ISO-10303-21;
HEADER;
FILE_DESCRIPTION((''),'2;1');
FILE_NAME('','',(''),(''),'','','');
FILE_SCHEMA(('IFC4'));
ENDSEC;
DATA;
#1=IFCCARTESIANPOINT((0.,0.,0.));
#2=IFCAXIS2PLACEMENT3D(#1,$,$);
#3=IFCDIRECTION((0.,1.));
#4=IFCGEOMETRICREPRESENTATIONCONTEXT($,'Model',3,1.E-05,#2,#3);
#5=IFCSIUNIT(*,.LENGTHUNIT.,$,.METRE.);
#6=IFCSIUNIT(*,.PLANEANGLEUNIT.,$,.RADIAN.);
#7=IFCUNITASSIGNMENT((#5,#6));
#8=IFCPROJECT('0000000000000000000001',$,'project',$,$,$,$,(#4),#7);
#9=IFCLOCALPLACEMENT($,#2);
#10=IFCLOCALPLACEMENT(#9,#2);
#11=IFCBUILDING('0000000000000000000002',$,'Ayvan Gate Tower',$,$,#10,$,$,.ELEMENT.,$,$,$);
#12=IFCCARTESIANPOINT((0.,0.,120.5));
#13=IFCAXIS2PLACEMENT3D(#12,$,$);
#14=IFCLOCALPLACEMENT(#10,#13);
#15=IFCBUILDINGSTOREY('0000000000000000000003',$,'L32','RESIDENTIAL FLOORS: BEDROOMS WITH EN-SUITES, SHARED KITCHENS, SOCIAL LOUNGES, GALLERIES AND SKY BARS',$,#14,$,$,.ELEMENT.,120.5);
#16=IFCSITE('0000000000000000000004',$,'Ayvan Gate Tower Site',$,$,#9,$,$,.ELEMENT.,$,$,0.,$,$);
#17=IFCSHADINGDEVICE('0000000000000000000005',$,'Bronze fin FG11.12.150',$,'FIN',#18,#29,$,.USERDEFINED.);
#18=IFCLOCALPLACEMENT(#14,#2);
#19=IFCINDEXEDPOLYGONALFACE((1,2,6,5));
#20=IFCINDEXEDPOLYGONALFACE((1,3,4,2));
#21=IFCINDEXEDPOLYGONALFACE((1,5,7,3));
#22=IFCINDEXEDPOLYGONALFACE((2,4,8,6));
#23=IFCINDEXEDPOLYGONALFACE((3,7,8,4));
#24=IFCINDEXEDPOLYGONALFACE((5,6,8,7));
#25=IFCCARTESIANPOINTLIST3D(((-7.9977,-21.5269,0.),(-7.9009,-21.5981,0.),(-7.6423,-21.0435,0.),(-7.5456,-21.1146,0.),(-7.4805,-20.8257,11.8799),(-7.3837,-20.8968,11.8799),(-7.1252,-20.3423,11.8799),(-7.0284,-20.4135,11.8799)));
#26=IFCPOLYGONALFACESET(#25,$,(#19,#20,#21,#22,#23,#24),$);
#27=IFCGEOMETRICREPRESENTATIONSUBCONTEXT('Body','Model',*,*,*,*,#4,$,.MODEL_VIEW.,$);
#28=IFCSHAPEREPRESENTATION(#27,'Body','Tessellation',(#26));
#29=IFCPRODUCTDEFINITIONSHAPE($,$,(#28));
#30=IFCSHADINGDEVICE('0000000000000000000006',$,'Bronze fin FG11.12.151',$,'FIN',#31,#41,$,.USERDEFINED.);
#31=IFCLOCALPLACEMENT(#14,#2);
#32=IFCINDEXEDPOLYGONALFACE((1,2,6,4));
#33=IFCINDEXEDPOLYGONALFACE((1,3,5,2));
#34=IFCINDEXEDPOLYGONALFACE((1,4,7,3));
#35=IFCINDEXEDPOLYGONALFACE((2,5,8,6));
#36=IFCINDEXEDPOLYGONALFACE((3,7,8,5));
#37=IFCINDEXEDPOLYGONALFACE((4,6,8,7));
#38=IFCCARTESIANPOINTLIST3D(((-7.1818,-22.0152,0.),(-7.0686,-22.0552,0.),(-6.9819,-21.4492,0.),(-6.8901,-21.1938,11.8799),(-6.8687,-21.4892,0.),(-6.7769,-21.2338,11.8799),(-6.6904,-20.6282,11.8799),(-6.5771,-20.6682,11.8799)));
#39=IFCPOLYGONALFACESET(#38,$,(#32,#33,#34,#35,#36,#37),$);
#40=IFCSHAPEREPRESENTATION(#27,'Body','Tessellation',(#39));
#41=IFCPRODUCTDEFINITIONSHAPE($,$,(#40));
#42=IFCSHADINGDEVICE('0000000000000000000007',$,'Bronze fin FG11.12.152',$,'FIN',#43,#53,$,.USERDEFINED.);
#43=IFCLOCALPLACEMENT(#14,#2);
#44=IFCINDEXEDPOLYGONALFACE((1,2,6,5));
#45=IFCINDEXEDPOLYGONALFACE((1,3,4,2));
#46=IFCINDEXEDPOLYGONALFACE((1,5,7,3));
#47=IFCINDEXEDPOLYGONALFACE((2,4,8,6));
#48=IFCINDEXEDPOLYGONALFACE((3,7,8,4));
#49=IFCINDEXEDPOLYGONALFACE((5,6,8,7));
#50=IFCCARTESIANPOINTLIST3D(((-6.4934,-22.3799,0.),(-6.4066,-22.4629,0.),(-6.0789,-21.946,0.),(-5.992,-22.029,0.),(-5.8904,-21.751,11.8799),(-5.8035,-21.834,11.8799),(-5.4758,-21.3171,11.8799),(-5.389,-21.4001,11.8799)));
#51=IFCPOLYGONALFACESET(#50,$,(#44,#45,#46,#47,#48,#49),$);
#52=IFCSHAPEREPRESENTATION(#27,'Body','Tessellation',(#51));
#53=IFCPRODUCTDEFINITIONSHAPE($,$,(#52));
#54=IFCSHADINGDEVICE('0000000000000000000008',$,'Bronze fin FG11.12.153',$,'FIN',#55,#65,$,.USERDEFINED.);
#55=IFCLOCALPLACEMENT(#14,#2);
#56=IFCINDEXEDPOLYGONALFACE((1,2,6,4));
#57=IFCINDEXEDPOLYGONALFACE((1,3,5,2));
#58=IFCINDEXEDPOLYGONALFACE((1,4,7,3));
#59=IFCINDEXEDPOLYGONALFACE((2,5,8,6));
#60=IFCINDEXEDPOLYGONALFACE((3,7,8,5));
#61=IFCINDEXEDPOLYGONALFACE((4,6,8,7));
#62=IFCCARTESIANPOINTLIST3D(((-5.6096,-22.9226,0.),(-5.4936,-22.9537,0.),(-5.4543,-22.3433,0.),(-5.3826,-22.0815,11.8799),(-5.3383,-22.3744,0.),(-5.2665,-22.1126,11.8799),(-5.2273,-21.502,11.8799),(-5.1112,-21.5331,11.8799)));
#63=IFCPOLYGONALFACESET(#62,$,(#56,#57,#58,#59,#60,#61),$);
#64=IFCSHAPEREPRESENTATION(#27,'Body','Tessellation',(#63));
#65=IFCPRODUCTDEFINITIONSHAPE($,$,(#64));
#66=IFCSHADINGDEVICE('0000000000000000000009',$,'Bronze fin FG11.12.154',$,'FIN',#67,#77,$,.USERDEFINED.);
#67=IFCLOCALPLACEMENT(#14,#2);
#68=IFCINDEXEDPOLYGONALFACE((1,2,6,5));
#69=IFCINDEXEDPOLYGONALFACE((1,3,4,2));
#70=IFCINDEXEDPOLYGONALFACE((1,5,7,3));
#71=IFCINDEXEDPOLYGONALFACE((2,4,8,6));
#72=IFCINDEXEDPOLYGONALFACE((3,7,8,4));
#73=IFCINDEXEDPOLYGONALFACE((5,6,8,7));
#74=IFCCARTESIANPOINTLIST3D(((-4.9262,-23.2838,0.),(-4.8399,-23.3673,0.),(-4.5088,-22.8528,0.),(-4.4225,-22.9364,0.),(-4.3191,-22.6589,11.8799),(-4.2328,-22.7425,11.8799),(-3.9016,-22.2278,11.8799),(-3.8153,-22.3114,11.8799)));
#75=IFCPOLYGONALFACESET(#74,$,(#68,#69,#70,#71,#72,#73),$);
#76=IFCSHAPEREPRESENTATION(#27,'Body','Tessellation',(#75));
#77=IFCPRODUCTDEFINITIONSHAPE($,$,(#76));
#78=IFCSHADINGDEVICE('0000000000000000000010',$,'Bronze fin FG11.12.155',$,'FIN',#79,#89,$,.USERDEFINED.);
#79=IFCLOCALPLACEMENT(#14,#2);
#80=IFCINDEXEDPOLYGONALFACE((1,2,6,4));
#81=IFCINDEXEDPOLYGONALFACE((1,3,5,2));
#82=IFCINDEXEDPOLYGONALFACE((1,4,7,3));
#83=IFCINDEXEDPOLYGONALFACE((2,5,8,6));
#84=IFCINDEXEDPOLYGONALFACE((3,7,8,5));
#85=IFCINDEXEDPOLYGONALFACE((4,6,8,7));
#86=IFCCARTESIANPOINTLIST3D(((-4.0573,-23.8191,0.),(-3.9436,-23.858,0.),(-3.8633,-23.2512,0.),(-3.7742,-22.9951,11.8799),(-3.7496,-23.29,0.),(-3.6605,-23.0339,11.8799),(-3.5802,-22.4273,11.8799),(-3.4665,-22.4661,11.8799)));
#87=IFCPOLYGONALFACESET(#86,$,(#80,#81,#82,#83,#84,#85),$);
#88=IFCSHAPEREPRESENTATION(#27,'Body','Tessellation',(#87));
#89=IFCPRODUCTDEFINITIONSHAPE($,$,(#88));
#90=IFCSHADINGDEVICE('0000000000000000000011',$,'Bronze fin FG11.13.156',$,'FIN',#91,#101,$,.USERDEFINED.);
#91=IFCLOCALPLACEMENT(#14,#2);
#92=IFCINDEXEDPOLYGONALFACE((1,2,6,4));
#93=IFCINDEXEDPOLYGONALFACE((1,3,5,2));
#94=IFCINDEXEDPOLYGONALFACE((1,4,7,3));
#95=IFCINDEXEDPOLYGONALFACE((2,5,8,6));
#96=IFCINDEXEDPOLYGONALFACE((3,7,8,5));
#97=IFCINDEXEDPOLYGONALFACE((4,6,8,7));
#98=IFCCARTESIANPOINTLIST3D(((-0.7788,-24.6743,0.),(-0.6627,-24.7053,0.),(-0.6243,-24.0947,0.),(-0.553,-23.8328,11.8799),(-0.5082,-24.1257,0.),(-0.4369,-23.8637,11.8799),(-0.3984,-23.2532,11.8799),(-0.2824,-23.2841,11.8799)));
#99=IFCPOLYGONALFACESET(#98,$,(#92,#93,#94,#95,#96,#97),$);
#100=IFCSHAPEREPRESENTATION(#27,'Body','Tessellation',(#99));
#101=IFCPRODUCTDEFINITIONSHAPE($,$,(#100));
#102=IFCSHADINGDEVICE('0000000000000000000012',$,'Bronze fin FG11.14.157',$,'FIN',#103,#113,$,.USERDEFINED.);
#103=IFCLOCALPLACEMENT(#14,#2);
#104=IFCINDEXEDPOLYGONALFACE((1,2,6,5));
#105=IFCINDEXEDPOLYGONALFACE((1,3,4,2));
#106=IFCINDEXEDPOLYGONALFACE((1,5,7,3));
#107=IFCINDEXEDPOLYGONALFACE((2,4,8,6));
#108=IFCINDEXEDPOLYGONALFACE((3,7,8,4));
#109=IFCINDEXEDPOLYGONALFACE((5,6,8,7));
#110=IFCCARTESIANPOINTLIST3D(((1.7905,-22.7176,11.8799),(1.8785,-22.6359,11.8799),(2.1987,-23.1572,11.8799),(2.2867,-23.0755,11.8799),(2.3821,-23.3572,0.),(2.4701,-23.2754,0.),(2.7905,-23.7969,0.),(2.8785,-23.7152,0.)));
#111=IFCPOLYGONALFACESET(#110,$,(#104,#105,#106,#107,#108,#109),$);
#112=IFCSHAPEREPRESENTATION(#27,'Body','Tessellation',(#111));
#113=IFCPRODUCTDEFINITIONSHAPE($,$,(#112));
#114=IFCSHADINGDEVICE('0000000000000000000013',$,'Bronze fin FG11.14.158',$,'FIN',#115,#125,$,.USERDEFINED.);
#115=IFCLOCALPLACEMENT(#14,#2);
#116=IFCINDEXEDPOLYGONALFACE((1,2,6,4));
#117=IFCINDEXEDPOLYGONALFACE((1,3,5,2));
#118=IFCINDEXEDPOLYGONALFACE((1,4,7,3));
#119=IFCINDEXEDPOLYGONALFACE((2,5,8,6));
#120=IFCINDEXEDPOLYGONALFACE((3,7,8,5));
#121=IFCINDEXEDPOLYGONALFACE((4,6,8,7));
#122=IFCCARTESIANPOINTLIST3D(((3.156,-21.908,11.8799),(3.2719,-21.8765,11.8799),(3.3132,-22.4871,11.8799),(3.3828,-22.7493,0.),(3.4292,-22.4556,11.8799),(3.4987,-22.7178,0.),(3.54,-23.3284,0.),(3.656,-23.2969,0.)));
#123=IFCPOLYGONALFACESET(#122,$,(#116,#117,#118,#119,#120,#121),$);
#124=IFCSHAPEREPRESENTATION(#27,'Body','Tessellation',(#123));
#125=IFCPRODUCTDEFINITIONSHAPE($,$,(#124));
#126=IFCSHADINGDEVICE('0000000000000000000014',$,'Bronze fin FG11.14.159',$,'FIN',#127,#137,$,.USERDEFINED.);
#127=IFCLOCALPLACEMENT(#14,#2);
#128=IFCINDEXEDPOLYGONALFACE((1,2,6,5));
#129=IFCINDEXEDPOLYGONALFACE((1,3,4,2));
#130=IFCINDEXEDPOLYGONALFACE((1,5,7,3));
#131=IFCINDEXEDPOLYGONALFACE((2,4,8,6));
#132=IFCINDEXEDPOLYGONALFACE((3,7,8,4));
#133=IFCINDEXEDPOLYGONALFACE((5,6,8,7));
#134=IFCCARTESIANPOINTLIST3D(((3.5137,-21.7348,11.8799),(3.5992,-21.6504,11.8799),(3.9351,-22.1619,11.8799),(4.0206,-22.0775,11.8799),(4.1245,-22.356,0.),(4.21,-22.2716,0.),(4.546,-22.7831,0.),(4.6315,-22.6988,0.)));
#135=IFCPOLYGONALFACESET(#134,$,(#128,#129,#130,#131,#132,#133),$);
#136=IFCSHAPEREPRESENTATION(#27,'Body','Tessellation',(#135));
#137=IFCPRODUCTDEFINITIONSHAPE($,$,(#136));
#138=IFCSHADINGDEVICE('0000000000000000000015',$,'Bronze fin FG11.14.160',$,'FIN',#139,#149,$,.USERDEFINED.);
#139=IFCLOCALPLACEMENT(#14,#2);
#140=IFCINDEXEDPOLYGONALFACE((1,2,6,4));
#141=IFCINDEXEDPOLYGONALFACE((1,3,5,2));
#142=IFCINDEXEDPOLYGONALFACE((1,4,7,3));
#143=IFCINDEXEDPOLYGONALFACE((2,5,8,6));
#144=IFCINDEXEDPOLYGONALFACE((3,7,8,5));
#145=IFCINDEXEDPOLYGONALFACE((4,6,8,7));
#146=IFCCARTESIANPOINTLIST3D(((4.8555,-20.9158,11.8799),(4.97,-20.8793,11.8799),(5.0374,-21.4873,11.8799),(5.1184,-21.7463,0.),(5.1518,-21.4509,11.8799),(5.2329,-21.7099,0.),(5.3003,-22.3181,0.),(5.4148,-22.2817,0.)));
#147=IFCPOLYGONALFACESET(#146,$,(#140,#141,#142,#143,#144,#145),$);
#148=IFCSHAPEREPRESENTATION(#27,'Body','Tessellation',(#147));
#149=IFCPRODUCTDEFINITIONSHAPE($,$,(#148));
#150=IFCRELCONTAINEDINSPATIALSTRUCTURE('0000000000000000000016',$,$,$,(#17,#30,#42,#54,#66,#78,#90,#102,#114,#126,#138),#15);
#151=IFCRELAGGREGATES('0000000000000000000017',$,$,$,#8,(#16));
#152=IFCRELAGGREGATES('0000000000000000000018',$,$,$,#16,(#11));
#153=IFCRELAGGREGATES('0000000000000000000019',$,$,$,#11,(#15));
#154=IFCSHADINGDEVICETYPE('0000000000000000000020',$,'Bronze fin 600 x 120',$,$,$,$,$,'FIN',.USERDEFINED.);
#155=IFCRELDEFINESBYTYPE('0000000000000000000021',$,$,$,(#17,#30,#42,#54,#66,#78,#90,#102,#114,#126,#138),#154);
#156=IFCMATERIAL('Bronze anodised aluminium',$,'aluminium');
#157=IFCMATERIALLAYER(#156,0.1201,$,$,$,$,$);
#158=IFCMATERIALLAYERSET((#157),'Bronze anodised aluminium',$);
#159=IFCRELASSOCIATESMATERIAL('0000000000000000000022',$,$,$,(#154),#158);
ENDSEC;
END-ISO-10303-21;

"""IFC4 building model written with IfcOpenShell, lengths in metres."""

from ifc_helpers import new_model, si_unit, direction, frame, origin, place, context, subcontext, project, spatial, polyline, outline, extrude, material, layer, layer_set, type_object, element, save


model = new_model("IFC4")

# Units and contexts
model_context = context("Model", 3, precision=1e-05, world=origin(), true_north=direction((0.0, 1.0)))
body_context = subcontext(model_context, "Body", "Model", "MODEL_VIEW")
ifc_project = project(units=[si_unit("LENGTHUNIT", "METRE"), si_unit("PLANEANGLEUNIT", "RADIAN")], contexts=[model_context])

# Site, building, storey
site_placement = place(None, origin())
site = spatial("IfcSite", under=ifc_project, at=site_placement, Name="Ayvan Gate Tower Site", CompositionType="ELEMENT", RefElevation=0.0)
building_placement = place(site_placement, origin())
building = spatial("IfcBuilding", under=site, at=building_placement, Name="Ayvan Gate Tower", CompositionType="ELEMENT")
storey_placement = place(building_placement, frame((0.0, 0.0, 120.5)))
storey = spatial("IfcBuildingStorey", under=building, at=storey_placement, Name="L32", Description="RESIDENTIAL FLOORS: BEDROOMS WITH EN-SUITES, SHARED KITCHENS, SOCIAL LOUNGES, GALLERIES AND SKY BARS", CompositionType="ELEMENT", Elevation=120.5)

# Shared definitions
ifc_material_1 = material(Name="Bronze anodised aluminium", Category="aluminium")

# Shading devices
ifc_layer_1 = layer(ifc_material_1, 0.1201)
ifc_layer_set_1 = layer_set([ifc_layer_1], Name="Bronze anodised aluminium")
shading_device_type = type_object("IfcShadingDeviceType", Name="Bronze fin 600 x 120", ElementType="FIN", PredefinedType="USERDEFINED", material=ifc_layer_set_1)
shading_device_1_placement = place(storey_placement, frame((-7.6423, -21.0435, 0.0), z_axis=(-0.805725, 0.592289, 0.000121), x_axis=(-0.592289, -0.805725, 0.0)))
element("IfcShadingDevice", 1, at=shading_device_1_placement, inside=storey, type_object=shading_device_type, Name="Bronze fin FG11.12.150", ObjectType="FIN", PredefinedType="USERDEFINED", context=body_context, shape_type="SweptSolid", body=[
    extrude(outline(polyline([(0.0, 0.0), (0.6, 0.0), (-0.2713, 11.8799), (-0.8712, 11.8799), (0.0, 0.0)])), origin(), (0.0, 0.0, -1.0), 0.1201),
])
shading_device_2_placement = place(storey_placement, frame((-6.9819, -21.4492, 0.0), z_axis=(-0.942919, 0.333022, 0.000127), x_axis=(-0.333022, -0.942919, 0.0)))
element("IfcShadingDevice", 2, at=shading_device_2_placement, inside=storey, type_object=shading_device_type, Name="Bronze fin FG11.12.151", ObjectType="FIN", PredefinedType="USERDEFINED", context=body_context, shape_type="SweptSolid", body=[
    extrude(outline(polyline([(0.0, 0.0), (0.6002, 0.0), (-0.2714, 11.8799), (-0.8713, 11.8799), (0.0, 0.0)])), origin(), (0.0, 0.0, -1.0), 0.1201),
])
shading_device_3_placement = place(storey_placement, frame((-6.0789, -21.946, 0.0), z_axis=(-0.722995, 0.690853, 0.000127), x_axis=(-0.690853, -0.722995, 0.0)))
element("IfcShadingDevice", 3, at=shading_device_3_placement, inside=storey, type_object=shading_device_type, Name="Bronze fin FG11.12.152", ObjectType="FIN", PredefinedType="USERDEFINED", context=body_context, shape_type="SweptSolid", body=[
    extrude(outline(polyline([(0.0, 0.0), (0.6001, 0.0), (-0.2712, 11.8799), (-0.8713, 11.8799), (0.0, 0.0)])), origin(), (0.0, 0.0, -1.0), 0.1201),
])
shading_device_4_placement = place(storey_placement, frame((-5.4543, -22.3433, 0.0), z_axis=(-0.965924, 0.258828, 0.000134), x_axis=(-0.258828, -0.965924, 0.0)))
element("IfcShadingDevice", 4, at=shading_device_4_placement, inside=storey, type_object=shading_device_type, Name="Bronze fin FG11.12.153", ObjectType="FIN", PredefinedType="USERDEFINED", context=body_context, shape_type="SweptSolid", body=[
    extrude(outline(polyline([(0.0, 0.0), (0.5998, 0.0), (-0.2714, 11.8799), (-0.8714, 11.8799), (0.0, 0.0)])), origin(), (0.0, 0.0, -1.0), 0.1201),
])
shading_device_5_placement = place(storey_placement, frame((-4.5088, -22.8528, 0.0), z_axis=(-0.718307, 0.695726, 0.000118), x_axis=(-0.695726, -0.718307, 0.0)))
element("IfcShadingDevice", 5, at=shading_device_5_placement, inside=storey, type_object=shading_device_type, Name="Bronze fin FG11.12.154", ObjectType="FIN", PredefinedType="USERDEFINED", context=body_context, shape_type="SweptSolid", body=[
    extrude(outline(polyline([(0.0, 0.0), (0.6, 0.0), (-0.2712, 11.8799), (-0.8714, 11.8799), (0.0, 0.0)])), origin(), (0.0, 0.0, -1.0), 0.1201),
])
shading_device_6_placement = place(storey_placement, frame((-3.8633, -23.2512, 0.0), z_axis=(-0.946318, 0.323237, 0.00013), x_axis=(-0.323237, -0.946318, 0.0)))
element("IfcShadingDevice", 6, at=shading_device_6_placement, inside=storey, type_object=shading_device_type, Name="Bronze fin FG11.12.155", ObjectType="FIN", PredefinedType="USERDEFINED", context=body_context, shape_type="SweptSolid", body=[
    extrude(outline(polyline([(0.0, 0.0), (0.6001, 0.0), (-0.2712, 11.8799), (-0.8712, 11.8799), (0.0, 0.0)])), origin(), (0.0, 0.0, -1.0), 0.1201),
])
shading_device_7_placement = place(storey_placement, frame((-0.6243, -24.0947, 0.0), z_axis=(-0.966242, 0.257637, 0.000117), x_axis=(-0.257637, -0.966242, 0.0)))
element("IfcShadingDevice", 7, at=shading_device_7_placement, inside=storey, type_object=shading_device_type, Name="Bronze fin FG11.13.156", ObjectType="FIN", PredefinedType="USERDEFINED", context=body_context, shape_type="SweptSolid", body=[
    extrude(outline(polyline([(0.0, 0.0), (0.5998, 0.0), (-0.2715, 11.8799), (-0.8713, 11.8799), (0.0, 0.0)])), origin(), (0.0, 0.0, -1.0), 0.1201),
])
shading_device_8_placement = place(storey_placement, frame((2.3821, -23.3572, 0.0), z_axis=(-0.732765, -0.680482, 0.000144), x_axis=(0.680482, -0.732765, 0.0)))
element("IfcShadingDevice", 8, at=shading_device_8_placement, inside=storey, type_object=shading_device_type, Name="Bronze fin FG11.14.157", ObjectType="FIN", PredefinedType="USERDEFINED", context=body_context, shape_type="SweptSolid", body=[
    extrude(outline(polyline([(0.0, 0.0), (0.6001, 0.0), (-0.2713, 11.8799), (-0.8713, 11.8799), (0.0, 0.0)])), origin(), (0.0, 0.0, -1.0), 0.1201),
])
shading_device_9_placement = place(storey_placement, frame((3.3828, -22.7493, 0.0), z_axis=(-0.965064, -0.262016, 0.000131), x_axis=(0.262016, -0.965064, 0.0)))
element("IfcShadingDevice", 9, at=shading_device_9_placement, inside=storey, type_object=shading_device_type, Name="Bronze fin FG11.14.158", ObjectType="FIN", PredefinedType="USERDEFINED", context=body_context, shape_type="SweptSolid", body=[
    extrude(outline(polyline([(0.0, 0.0), (0.6001, 0.0), (-0.2713, 11.8799), (-0.8713, 11.8799), (0.0, 0.0)])), origin(), (0.0, 0.0, -1.0), 0.1201),
])
shading_device_10_placement = place(storey_placement, frame((4.1245, -22.356, 0.0), z_axis=(-0.711872, -0.70231, 0.000122), x_axis=(0.70231, -0.711872, 0.0)))
element("IfcShadingDevice", 10, at=shading_device_10_placement, inside=storey, type_object=shading_device_type, Name="Bronze fin FG11.14.159", ObjectType="FIN", PredefinedType="USERDEFINED", context=body_context, shape_type="SweptSolid", body=[
    extrude(outline(polyline([(0.0, 0.0), (0.6001, 0.0), (-0.2712, 11.8799), (-0.8711, 11.8799), (0.0, 0.0)])), origin(), (0.0, 0.0, -1.0), 0.1201),
])
shading_device_11_placement = place(storey_placement, frame((5.1184, -21.7463, 0.0), z_axis=(-0.952928, -0.303195, 0.000109), x_axis=(0.303195, -0.952928, 0.0)))
element("IfcShadingDevice", 11, at=shading_device_11_placement, inside=storey, type_object=shading_device_type, Name="Bronze fin FG11.14.160", ObjectType="FIN", PredefinedType="USERDEFINED", context=body_context, shape_type="SweptSolid", body=[
    extrude(outline(polyline([(0.0, 0.0), (0.6, 0.0), (-0.2714, 11.8799), (-0.8712, 11.8799), (0.0, 0.0)])), origin(), (0.0, 0.0, -1.0), 0.1201),
])

save(model, "model.ifc")
